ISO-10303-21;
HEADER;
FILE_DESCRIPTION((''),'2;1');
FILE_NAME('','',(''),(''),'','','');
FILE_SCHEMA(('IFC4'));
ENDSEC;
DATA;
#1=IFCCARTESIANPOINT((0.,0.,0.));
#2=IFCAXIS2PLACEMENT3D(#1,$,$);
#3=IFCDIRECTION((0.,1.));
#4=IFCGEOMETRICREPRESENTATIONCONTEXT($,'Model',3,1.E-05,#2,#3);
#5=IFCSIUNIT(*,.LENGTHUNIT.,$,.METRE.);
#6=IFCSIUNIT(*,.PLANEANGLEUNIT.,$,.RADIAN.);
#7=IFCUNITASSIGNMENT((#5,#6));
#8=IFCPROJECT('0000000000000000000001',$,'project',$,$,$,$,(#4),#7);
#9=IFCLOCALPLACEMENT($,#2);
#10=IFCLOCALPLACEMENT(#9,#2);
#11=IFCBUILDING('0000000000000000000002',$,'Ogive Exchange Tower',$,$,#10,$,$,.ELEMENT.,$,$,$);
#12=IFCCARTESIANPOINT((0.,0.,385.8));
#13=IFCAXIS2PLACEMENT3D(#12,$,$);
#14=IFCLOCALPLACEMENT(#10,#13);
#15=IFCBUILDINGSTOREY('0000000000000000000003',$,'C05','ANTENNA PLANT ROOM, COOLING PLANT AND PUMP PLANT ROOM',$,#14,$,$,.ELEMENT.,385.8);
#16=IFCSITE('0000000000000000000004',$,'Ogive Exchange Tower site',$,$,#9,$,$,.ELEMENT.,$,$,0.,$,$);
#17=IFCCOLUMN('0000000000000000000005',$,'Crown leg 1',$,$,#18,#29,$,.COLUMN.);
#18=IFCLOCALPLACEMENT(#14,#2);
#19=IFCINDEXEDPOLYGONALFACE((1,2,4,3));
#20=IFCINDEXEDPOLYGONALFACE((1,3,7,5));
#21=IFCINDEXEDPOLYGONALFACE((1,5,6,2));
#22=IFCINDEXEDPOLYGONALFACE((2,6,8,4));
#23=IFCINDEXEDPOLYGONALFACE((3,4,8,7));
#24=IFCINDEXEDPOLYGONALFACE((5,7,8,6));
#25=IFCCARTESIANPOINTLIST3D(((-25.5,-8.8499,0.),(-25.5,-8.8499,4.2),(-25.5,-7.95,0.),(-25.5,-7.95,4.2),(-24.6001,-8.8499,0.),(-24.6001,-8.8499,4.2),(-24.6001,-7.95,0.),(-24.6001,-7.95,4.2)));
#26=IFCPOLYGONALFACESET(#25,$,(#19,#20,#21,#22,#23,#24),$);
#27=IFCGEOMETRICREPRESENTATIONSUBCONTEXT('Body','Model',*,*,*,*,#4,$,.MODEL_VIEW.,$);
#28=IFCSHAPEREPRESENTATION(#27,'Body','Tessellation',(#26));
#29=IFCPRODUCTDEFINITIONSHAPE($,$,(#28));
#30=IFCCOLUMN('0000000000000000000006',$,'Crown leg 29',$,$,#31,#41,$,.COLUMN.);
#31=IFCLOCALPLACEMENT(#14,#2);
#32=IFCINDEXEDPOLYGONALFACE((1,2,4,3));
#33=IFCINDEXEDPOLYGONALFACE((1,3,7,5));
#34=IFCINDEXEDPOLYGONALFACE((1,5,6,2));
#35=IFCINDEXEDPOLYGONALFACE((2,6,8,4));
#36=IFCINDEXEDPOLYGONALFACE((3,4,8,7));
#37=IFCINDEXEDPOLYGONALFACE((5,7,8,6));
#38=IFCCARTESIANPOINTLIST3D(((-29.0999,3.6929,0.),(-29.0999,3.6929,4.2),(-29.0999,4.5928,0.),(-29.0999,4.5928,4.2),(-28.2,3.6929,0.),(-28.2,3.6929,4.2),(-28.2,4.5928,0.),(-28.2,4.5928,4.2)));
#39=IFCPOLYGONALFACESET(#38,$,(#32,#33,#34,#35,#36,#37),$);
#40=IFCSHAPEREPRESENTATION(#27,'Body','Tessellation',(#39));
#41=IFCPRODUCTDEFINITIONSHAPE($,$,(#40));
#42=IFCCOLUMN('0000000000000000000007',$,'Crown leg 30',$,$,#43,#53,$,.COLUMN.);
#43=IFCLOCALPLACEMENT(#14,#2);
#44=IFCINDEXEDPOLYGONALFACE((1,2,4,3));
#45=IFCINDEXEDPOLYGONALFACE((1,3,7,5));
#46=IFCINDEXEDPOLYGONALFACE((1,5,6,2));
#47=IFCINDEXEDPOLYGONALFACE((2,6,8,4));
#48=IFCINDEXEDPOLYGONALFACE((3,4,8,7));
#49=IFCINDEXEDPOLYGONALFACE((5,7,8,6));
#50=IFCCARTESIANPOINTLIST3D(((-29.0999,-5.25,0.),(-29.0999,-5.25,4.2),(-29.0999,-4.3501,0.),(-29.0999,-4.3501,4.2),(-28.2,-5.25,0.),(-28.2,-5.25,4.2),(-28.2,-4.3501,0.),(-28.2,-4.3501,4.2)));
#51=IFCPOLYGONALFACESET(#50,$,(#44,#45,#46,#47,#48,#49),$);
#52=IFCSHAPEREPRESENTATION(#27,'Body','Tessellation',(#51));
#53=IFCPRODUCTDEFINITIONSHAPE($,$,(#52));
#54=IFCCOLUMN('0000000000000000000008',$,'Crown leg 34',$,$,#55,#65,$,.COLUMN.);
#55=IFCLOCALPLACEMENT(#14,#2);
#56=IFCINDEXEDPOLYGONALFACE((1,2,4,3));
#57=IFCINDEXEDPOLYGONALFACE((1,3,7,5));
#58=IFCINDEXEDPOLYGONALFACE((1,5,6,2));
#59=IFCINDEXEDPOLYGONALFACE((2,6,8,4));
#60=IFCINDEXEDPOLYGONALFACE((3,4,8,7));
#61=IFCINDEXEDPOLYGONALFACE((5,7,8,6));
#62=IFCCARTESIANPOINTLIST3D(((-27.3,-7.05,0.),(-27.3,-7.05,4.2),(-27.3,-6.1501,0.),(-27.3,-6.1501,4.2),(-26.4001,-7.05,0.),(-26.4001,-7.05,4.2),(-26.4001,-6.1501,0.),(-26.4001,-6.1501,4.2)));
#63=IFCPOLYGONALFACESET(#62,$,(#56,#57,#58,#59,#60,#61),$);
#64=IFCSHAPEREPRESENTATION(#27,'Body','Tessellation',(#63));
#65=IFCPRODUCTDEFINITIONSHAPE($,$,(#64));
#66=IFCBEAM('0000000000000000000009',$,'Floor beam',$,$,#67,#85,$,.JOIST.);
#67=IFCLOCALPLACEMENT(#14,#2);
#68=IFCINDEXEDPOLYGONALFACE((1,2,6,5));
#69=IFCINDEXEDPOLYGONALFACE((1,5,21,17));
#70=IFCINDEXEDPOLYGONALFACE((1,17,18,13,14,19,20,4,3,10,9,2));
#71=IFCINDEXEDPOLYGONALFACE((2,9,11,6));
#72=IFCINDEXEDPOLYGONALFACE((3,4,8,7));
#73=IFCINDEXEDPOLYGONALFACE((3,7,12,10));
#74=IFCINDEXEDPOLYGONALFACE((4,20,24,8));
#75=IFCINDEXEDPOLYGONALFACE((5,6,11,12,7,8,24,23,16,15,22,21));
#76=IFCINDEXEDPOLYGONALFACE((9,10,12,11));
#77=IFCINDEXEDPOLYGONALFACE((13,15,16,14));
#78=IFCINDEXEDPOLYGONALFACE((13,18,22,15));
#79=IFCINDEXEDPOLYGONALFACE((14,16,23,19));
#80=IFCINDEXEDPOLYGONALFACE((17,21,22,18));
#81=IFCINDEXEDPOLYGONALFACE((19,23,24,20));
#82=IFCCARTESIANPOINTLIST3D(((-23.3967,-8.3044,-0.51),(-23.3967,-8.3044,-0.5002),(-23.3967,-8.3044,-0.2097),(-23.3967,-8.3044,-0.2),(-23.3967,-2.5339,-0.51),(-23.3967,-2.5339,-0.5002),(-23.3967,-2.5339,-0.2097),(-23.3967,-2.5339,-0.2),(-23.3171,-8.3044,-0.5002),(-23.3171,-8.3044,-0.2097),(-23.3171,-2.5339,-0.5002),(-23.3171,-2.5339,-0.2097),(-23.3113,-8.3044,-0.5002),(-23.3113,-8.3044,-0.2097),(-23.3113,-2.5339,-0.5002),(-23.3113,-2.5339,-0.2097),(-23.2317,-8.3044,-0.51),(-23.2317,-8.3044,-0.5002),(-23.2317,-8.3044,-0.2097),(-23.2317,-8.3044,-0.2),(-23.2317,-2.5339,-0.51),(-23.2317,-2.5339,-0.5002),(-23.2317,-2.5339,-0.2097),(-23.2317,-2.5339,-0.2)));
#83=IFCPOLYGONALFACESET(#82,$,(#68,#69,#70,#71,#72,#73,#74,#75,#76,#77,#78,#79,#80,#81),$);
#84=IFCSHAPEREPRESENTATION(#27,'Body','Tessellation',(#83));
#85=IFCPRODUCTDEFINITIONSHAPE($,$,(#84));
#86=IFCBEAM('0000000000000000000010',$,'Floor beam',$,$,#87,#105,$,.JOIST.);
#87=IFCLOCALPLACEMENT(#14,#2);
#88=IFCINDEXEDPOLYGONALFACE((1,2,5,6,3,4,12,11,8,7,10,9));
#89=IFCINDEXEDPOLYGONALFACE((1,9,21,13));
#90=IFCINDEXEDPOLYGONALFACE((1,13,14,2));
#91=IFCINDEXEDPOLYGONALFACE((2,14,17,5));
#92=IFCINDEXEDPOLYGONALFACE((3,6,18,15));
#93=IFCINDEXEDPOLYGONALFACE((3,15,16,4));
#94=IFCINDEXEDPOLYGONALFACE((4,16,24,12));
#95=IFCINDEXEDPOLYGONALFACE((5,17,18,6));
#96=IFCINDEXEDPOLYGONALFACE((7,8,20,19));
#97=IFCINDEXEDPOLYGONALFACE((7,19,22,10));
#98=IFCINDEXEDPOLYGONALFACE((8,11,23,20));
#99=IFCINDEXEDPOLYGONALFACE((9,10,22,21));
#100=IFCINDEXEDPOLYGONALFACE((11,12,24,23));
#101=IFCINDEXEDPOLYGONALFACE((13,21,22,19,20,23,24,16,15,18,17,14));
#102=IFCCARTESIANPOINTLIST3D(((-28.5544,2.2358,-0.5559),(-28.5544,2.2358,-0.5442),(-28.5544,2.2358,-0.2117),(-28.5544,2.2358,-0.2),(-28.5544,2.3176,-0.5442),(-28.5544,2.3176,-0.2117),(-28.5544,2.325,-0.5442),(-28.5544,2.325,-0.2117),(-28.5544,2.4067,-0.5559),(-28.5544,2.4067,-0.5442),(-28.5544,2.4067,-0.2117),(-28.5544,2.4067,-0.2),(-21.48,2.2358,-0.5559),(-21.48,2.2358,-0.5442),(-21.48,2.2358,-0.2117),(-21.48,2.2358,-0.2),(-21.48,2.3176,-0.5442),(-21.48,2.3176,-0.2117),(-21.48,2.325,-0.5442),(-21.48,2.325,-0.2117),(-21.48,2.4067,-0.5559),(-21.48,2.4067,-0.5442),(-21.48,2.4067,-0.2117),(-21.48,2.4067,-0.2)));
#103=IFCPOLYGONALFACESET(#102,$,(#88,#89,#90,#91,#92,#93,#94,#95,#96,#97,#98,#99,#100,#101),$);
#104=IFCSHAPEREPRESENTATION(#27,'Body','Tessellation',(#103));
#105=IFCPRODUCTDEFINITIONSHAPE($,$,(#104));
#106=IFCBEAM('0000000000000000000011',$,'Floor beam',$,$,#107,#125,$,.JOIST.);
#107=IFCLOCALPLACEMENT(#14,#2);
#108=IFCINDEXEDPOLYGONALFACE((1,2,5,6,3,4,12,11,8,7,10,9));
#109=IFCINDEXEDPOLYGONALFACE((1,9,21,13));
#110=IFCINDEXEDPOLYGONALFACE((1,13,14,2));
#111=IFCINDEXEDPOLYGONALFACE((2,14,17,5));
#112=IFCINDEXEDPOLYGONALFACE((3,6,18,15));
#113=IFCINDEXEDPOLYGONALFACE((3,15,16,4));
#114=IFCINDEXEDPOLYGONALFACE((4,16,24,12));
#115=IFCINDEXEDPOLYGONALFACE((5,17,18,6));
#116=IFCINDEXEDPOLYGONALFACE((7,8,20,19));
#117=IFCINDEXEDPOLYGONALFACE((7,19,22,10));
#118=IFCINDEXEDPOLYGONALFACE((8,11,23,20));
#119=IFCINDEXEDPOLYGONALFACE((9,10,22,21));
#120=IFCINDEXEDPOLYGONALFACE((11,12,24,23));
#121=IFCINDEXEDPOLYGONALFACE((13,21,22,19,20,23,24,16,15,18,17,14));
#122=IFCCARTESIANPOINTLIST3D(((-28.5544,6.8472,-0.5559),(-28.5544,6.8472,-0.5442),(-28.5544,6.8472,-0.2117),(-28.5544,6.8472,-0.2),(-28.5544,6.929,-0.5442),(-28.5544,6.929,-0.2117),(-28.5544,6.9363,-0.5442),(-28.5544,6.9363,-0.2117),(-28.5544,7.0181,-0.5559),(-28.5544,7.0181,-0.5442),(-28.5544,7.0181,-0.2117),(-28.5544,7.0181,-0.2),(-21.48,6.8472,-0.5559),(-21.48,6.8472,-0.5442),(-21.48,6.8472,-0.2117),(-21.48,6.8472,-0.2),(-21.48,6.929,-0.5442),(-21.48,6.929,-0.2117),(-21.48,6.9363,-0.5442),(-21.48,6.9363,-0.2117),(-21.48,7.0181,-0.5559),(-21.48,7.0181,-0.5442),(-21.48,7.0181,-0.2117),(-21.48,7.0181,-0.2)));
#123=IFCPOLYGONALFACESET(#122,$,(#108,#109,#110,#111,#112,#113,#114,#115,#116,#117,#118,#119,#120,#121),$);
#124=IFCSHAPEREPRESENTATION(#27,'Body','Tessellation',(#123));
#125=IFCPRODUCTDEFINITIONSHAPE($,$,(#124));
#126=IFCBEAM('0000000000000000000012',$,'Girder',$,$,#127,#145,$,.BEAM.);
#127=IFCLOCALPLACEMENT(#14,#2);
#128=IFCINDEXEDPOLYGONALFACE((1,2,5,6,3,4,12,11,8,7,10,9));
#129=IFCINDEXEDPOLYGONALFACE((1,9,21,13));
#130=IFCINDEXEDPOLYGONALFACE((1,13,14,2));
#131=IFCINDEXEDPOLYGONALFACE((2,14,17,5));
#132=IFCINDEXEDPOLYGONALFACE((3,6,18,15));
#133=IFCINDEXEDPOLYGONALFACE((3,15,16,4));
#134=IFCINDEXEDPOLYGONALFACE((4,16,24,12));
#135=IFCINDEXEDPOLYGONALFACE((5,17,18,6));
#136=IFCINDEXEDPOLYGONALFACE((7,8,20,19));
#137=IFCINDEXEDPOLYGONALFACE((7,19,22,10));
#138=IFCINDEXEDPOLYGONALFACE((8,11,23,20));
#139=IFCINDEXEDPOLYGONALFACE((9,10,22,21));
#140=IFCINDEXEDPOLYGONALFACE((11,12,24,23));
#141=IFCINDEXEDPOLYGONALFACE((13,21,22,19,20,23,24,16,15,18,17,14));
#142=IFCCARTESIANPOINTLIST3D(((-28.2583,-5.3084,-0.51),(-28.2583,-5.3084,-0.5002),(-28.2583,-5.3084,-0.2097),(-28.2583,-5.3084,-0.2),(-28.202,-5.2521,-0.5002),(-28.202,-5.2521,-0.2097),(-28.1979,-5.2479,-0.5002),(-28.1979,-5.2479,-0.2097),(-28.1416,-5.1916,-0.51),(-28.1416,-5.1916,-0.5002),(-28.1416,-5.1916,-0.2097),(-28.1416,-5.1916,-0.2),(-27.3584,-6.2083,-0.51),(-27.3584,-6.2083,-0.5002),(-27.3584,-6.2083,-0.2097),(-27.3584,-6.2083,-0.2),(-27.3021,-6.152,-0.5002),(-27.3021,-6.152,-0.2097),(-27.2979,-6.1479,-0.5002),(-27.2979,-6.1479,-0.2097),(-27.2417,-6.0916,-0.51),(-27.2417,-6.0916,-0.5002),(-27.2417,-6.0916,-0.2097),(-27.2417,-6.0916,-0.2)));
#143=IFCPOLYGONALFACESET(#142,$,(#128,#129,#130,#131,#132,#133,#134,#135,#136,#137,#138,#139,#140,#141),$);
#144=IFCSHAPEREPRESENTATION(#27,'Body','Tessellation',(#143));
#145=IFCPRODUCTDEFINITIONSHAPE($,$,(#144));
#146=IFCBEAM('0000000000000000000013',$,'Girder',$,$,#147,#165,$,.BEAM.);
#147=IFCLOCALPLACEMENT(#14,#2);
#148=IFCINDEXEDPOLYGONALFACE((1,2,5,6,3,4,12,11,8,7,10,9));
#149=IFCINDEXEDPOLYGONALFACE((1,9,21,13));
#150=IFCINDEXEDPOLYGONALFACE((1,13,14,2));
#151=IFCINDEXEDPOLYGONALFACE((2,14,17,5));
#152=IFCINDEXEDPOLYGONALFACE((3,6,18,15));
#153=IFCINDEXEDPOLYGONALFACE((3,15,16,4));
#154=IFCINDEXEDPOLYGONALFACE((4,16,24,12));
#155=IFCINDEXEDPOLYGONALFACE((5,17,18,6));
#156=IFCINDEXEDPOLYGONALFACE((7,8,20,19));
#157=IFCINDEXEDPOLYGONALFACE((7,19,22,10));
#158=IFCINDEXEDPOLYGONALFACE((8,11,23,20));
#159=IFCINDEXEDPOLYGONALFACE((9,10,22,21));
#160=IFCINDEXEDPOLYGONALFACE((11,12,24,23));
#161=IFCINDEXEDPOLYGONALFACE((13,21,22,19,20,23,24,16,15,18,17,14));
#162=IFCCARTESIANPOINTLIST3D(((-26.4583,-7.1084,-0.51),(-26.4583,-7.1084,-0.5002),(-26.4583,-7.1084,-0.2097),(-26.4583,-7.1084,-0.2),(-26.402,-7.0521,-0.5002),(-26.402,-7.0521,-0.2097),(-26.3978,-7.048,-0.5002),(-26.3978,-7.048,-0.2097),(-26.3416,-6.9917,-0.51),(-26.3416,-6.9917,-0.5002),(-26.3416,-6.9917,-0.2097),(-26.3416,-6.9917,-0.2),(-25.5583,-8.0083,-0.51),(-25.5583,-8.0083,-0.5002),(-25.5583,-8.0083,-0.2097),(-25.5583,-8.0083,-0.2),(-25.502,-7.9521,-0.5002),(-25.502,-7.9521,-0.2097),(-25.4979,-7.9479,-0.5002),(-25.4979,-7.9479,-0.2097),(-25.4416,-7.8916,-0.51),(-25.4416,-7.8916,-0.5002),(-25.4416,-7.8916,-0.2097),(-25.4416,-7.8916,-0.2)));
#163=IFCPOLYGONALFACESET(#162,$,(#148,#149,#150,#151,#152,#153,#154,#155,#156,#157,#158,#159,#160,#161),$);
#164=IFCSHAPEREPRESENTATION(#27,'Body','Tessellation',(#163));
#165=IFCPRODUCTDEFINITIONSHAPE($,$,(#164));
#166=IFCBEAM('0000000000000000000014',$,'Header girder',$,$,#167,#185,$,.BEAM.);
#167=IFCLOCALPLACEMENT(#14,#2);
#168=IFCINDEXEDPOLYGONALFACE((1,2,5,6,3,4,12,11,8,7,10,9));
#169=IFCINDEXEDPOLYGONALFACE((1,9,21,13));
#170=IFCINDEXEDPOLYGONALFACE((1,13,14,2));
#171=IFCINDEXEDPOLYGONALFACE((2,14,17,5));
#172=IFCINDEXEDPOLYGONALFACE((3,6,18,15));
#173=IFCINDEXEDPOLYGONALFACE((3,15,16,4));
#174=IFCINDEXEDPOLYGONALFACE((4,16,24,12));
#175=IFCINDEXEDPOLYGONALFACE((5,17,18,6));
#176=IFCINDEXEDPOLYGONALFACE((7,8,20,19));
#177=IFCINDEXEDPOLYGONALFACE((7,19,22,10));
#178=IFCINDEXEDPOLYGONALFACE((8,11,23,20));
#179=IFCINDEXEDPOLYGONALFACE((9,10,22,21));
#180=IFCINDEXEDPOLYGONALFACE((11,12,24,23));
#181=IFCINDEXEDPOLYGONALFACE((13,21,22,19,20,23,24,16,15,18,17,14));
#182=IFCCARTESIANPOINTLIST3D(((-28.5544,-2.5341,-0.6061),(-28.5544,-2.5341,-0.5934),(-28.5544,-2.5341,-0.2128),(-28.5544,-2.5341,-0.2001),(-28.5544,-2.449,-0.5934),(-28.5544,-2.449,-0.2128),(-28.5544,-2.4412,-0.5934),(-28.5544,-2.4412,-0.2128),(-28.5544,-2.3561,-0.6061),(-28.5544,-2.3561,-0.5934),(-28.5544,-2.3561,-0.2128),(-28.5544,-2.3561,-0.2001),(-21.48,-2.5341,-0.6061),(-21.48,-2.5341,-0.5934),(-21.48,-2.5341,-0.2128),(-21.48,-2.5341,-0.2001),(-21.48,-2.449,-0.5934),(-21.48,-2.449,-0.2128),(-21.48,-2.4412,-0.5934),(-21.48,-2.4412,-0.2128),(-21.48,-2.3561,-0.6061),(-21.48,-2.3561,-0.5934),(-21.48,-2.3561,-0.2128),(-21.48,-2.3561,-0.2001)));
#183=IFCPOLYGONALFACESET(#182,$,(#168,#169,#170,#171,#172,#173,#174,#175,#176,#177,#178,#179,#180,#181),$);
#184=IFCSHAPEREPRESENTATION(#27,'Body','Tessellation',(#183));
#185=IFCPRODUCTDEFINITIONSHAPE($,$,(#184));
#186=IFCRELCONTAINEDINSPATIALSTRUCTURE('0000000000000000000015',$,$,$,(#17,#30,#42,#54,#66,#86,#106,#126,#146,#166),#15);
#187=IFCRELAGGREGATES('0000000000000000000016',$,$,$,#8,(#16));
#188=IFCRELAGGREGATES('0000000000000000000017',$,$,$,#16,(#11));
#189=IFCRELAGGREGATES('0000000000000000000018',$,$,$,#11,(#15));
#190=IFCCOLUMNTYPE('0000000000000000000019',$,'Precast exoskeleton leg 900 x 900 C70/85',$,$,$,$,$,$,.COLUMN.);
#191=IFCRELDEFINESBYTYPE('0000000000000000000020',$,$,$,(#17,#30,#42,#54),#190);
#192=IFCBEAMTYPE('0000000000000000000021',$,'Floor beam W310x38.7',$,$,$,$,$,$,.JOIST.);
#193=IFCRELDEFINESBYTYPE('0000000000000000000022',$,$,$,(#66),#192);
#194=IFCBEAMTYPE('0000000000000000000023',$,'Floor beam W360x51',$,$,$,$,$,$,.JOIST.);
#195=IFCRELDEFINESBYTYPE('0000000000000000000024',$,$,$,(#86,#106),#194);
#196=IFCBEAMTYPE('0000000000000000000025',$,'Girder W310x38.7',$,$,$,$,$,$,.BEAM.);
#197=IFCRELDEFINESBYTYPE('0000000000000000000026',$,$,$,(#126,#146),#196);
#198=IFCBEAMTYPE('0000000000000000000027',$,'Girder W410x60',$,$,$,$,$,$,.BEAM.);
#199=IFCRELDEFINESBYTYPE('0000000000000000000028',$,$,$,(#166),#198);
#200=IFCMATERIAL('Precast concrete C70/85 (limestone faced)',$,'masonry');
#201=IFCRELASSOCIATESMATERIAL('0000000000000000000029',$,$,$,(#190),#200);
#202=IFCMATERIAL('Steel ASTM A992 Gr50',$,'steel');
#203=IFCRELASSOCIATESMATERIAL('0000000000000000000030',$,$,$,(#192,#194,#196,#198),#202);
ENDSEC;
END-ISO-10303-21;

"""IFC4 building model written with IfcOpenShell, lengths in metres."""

from ifc_helpers import new_model, si_unit, direction, frame, origin, origin_2d, place, context, subcontext, project, spatial, rectangle, i_section, extrude, material, material_profile, profile_set, type_object, element, save


model = new_model("IFC4")

# Units and contexts
model_context = context("Model", 3, precision=1e-05, world=origin(), true_north=direction((0.0, 1.0)))
body_context = subcontext(model_context, "Body", "Model", "MODEL_VIEW")
ifc_project = project(units=[si_unit("LENGTHUNIT", "METRE"), si_unit("PLANEANGLEUNIT", "RADIAN")], contexts=[model_context])

# Site, building, storey
site_placement = place(None, origin())
site = spatial("IfcSite", under=ifc_project, at=site_placement, Name="Ogive Exchange Tower site", CompositionType="ELEMENT", RefElevation=0.0)
building_placement = place(site_placement, origin())
building = spatial("IfcBuilding", under=site, at=building_placement, Name="Ogive Exchange Tower", CompositionType="ELEMENT")
storey_placement = place(building_placement, frame((0.0, 0.0, 385.8)))
storey = spatial("IfcBuildingStorey", under=building, at=storey_placement, Name="C05", Description="ANTENNA PLANT ROOM, COOLING PLANT AND PUMP PLANT ROOM", CompositionType="ELEMENT", Elevation=385.8)

# Columns
ifc_material_1 = material(Name="Precast concrete C70/85 (limestone faced)", Category="masonry")
ifc_material_profile_1 = material_profile(ifc_material_1, rectangle(XDim=0.8999, YDim=0.8999, at=origin_2d()), Name="900 x 900")
ifc_profile_set_1 = profile_set([ifc_material_profile_1], Name="Precast concrete C70/85 (limestone faced)")
column_type = type_object("IfcColumnType", Name="Precast exoskeleton leg 900 x 900 C70/85", PredefinedType="COLUMN", material=ifc_profile_set_1)
for number, where, z_axis, x_axis, name in (
    (1, (-25.05, -8.3999, 0.0), (0.0, 0.0, 1.0), (1.0, 0.0, 0.0), "Crown leg 1"),
    (2, (-28.6499, 4.1428, 0.0), (0.0, 0.0, 1.0), (1.0, 0.0, 0.0), "Crown leg 29"),
    (3, (-28.6499, -4.8, 0.0), (0.0, 0.0, 1.0), (1.0, 0.0, 0.0), "Crown leg 30"),
    (4, (-26.8501, -6.6001, 0.0), (0.0, 0.0, 1.0), (1.0, 0.0, 0.0), "Crown leg 34"),
):
    element("IfcColumn", number, at=place(storey_placement, frame(where, z_axis=z_axis, x_axis=x_axis)), inside=storey, type_object=column_type, Name=name, PredefinedType="COLUMN", context=body_context, shape_type="SweptSolid", body=[
        extrude(rectangle(XDim=0.8999, YDim=0.8999, at=origin_2d()), origin(), (0.0, 0.0, 1.0), 4.2),
    ])

# Beams
ifc_material_2 = material(Name="Steel ASTM A992 Gr50", Category="steel")
ifc_material_profile_2 = material_profile(ifc_material_2, i_section(OverallWidth=0.165, OverallDepth=0.3101, WebThickness=0.0059, FlangeThickness=0.0098, at=origin_2d()), Name="W310x38.7")
ifc_profile_set_2 = profile_set([ifc_material_profile_2], Name="Steel ASTM A992 Gr50")
beam_type_1 = type_object("IfcBeamType", Name="Floor beam W310x38.7", PredefinedType="JOIST", material=ifc_profile_set_2)
beam_1_placement = place(storey_placement, frame((-23.3142, -8.3044, -0.355), z_axis=(0.0, 1.0, 0.0), x_axis=(-1.0, 0.0, 0.0)))
element("IfcBeam", 5, at=beam_1_placement, inside=storey, type_object=beam_type_1, Name="Floor beam", PredefinedType="JOIST", context=body_context, shape_type="SweptSolid", body=[
    extrude(i_section(OverallWidth=0.165, OverallDepth=0.3101, WebThickness=0.0059, FlangeThickness=0.0098, at=origin_2d()), origin(), (0.0, 0.0, 1.0), 5.7705),
])
ifc_material_profile_3 = material_profile(ifc_material_2, i_section(OverallWidth=0.1709, OverallDepth=0.356, WebThickness=0.0073, FlangeThickness=0.0117, at=origin_2d()), Name="W360x51")
ifc_profile_set_3 = profile_set([ifc_material_profile_3], Name="Steel ASTM A992 Gr50")
beam_type_2 = type_object("IfcBeamType", Name="Floor beam W360x51", PredefinedType="JOIST", material=ifc_profile_set_3)
for number, where, z_axis, x_axis, name in (
    (6, (-28.5544, 2.3213, -0.3779), (1.0, 0.0, 0.0), (0.0, 1.0, 0.0), "Floor beam"),
    (7, (-28.5544, 6.9326, -0.3779), (1.0, 0.0, 0.0), (0.0, 1.0, 0.0), "Floor beam"),
):
    element("IfcBeam", number, at=place(storey_placement, frame(where, z_axis=z_axis, x_axis=x_axis)), inside=storey, type_object=beam_type_2, Name=name, PredefinedType="JOIST", context=body_context, shape_type="SweptSolid", body=[
        extrude(i_section(OverallWidth=0.1709, OverallDepth=0.356, WebThickness=0.0073, FlangeThickness=0.0117, at=origin_2d()), origin(), (0.0, 0.0, 1.0), 7.0745),
    ])
ifc_material_profile_4 = material_profile(ifc_material_2, i_section(OverallWidth=0.165, OverallDepth=0.3101, WebThickness=0.0059, FlangeThickness=0.0098, at=origin_2d()), Name="W310x38.7")
ifc_profile_set_4 = profile_set([ifc_material_profile_4], Name="Steel ASTM A992 Gr50")
beam_type_3 = type_object("IfcBeamType", Name="Girder W310x38.7", PredefinedType="BEAM", material=ifc_profile_set_4)
for number, where, z_axis, x_axis, name in (
    (8, (-28.2, -5.25, -0.355), (0.707107, -0.707107, 0.0), (0.707107, 0.707107, 0.0), "Girder"),
    (9, (-26.3999, -7.05, -0.355), (0.707107, -0.707107, 0.0), (0.707107, 0.707107, 0.0), "Girder"),
):
    element("IfcBeam", number, at=place(storey_placement, frame(where, z_axis=z_axis, x_axis=x_axis)), inside=storey, type_object=beam_type_3, Name=name, PredefinedType="BEAM", context=body_context, shape_type="SweptSolid", body=[
        extrude(i_section(OverallWidth=0.165, OverallDepth=0.3101, WebThickness=0.0059, FlangeThickness=0.0098, at=origin_2d()), origin(), (0.0, 0.0, 1.0), 1.2727),
    ])
ifc_material_profile_5 = material_profile(ifc_material_2, i_section(OverallWidth=0.178, OverallDepth=0.406, WebThickness=0.0078, FlangeThickness=0.0127, at=origin_2d()), Name="W410x60")
ifc_profile_set_5 = profile_set([ifc_material_profile_5], Name="Steel ASTM A992 Gr50")
beam_type_4 = type_object("IfcBeamType", Name="Girder W410x60", PredefinedType="BEAM", material=ifc_profile_set_5)
beam_2_placement = place(storey_placement, frame((-28.5544, -2.4451, -0.4031), z_axis=(1.0, 0.0, 0.0), x_axis=(0.0, 1.0, 0.0)))
element("IfcBeam", 10, at=beam_2_placement, inside=storey, type_object=beam_type_4, Name="Header girder", PredefinedType="BEAM", context=body_context, shape_type="SweptSolid", body=[
    extrude(i_section(OverallWidth=0.178, OverallDepth=0.406, WebThickness=0.0078, FlangeThickness=0.0127, at=origin_2d()), origin(), (0.0, 0.0, 1.0), 7.0745),
])

save(model, "model.ifc")
